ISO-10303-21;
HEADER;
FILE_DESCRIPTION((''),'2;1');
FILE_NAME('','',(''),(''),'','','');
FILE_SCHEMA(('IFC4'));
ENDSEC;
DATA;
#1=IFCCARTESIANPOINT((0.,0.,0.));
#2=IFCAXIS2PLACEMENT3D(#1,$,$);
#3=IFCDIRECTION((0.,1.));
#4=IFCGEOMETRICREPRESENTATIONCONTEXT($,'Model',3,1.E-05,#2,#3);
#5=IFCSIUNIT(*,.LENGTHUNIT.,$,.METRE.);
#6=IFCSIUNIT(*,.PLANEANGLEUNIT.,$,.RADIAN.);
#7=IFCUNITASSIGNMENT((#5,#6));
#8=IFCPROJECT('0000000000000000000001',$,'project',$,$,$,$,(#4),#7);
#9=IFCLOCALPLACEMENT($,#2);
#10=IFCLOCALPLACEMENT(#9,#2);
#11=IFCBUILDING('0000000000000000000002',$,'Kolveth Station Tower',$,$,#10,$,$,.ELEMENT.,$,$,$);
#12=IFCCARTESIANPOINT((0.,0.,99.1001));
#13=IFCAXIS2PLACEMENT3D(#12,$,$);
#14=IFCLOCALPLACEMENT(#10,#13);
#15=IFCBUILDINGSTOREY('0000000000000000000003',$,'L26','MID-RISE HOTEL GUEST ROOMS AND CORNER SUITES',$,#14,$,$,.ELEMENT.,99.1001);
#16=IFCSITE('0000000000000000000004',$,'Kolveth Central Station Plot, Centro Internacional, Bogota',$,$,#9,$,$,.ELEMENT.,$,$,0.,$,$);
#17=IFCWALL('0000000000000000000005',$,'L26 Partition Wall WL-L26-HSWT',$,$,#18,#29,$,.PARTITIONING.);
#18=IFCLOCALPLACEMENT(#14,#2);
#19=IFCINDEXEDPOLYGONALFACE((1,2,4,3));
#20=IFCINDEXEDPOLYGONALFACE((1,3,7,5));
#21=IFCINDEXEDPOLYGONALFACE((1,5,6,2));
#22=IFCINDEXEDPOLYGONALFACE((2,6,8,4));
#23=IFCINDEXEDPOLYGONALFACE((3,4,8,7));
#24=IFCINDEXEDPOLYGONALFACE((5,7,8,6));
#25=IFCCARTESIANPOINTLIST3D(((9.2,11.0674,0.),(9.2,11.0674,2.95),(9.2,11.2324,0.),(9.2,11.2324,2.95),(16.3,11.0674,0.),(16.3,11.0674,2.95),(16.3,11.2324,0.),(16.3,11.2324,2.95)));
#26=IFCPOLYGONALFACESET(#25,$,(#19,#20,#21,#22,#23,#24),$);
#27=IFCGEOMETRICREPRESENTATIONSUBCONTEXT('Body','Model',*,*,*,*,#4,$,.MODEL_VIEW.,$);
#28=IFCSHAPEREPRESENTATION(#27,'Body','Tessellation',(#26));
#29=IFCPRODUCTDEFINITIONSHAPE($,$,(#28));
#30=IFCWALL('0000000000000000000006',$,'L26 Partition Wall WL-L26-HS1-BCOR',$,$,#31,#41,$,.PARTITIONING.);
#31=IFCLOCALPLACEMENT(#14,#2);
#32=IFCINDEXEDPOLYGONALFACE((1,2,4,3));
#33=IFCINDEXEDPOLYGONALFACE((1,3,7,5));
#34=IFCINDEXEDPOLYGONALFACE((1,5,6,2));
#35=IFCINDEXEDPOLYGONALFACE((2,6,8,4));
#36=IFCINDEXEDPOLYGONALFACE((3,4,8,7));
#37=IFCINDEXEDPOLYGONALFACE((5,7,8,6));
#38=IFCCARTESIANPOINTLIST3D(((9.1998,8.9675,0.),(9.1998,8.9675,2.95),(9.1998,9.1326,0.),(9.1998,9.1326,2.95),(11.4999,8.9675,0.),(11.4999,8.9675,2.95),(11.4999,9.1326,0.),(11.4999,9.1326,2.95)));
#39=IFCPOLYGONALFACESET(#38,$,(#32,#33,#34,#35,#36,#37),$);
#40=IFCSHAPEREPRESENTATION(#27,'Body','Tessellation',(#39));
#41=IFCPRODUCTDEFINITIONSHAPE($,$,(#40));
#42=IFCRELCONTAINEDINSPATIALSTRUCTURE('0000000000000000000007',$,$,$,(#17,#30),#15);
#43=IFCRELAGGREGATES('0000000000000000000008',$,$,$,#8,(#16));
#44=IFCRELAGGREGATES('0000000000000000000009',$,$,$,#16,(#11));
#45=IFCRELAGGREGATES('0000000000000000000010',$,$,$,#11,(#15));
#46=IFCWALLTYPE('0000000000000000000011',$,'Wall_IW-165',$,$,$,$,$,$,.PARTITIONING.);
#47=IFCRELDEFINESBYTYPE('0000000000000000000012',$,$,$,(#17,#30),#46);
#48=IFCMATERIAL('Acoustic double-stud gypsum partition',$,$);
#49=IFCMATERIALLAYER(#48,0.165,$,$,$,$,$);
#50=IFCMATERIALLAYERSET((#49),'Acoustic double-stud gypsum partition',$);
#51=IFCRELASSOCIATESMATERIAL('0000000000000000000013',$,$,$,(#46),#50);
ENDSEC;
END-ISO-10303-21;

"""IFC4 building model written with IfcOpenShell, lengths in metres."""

from ifc_helpers import new_model, si_unit, direction, frame, frame_2d, origin, place, context, subcontext, project, spatial, rectangle, extrude, material, layer, layer_set, type_object, element, save


model = new_model("IFC4")

# Units and contexts
model_context = context("Model", 3, precision=1e-05, world=origin(), true_north=direction((0.0, 1.0)))
body_context = subcontext(model_context, "Body", "Model", "MODEL_VIEW")
ifc_project = project(units=[si_unit("LENGTHUNIT", "METRE"), si_unit("PLANEANGLEUNIT", "RADIAN")], contexts=[model_context])

# Site, building, storey
site_placement = place(None, origin())
site = spatial("IfcSite", under=ifc_project, at=site_placement, Name="Kolveth Central Station Plot, Centro Internacional, Bogota", CompositionType="ELEMENT", RefElevation=0.0)
building_placement = place(site_placement, origin())
building = spatial("IfcBuilding", under=site, at=building_placement, Name="Kolveth Station Tower", CompositionType="ELEMENT")
storey_placement = place(building_placement, frame((0.0, 0.0, 99.1001)))
storey = spatial("IfcBuildingStorey", under=building, at=storey_placement, Name="L26", Description="MID-RISE HOTEL GUEST ROOMS AND CORNER SUITES", CompositionType="ELEMENT", Elevation=99.1001)

# Walls
ifc_material_1 = material(Name="Acoustic double-stud gypsum partition")
ifc_layer = layer(ifc_material_1, 0.165)
ifc_layer_set = layer_set([ifc_layer], Name="Acoustic double-stud gypsum partition")
wall_type = type_object("IfcWallType", Name="Wall_IW-165", PredefinedType="PARTITIONING", material=ifc_layer_set)
wall_1_placement = place(storey_placement, frame((9.2, 11.1499, 0.0), z_axis=(0.0, 0.0, 1.0), x_axis=(1.0, 0.0, 0.0)))
element("IfcWall", 1, at=wall_1_placement, inside=storey, type_object=wall_type, Name="L26 Partition Wall WL-L26-HSWT", PredefinedType="PARTITIONING", context=body_context, shape_type="SweptSolid", body=[
    extrude(rectangle(XDim=7.1001, YDim=0.165, at=frame_2d((3.55, 0.0))), origin(), (0.0, 0.0, 1.0), 2.95),
])
wall_2_placement = place(storey_placement, frame((9.2, 9.05, 0.0), z_axis=(0.0, 0.0, 1.0), x_axis=(1.0, 0.0, 0.0)))
element("IfcWall", 2, at=wall_2_placement, inside=storey, type_object=wall_type, Name="L26 Partition Wall WL-L26-HS1-BCOR", PredefinedType="PARTITIONING", context=body_context, shape_type="SweptSolid", body=[
    extrude(rectangle(XDim=2.3, YDim=0.165, at=frame_2d((1.1499, 0.0))), origin(), (0.0, 0.0, 1.0), 2.95),
])

save(model, "model.ifc")
